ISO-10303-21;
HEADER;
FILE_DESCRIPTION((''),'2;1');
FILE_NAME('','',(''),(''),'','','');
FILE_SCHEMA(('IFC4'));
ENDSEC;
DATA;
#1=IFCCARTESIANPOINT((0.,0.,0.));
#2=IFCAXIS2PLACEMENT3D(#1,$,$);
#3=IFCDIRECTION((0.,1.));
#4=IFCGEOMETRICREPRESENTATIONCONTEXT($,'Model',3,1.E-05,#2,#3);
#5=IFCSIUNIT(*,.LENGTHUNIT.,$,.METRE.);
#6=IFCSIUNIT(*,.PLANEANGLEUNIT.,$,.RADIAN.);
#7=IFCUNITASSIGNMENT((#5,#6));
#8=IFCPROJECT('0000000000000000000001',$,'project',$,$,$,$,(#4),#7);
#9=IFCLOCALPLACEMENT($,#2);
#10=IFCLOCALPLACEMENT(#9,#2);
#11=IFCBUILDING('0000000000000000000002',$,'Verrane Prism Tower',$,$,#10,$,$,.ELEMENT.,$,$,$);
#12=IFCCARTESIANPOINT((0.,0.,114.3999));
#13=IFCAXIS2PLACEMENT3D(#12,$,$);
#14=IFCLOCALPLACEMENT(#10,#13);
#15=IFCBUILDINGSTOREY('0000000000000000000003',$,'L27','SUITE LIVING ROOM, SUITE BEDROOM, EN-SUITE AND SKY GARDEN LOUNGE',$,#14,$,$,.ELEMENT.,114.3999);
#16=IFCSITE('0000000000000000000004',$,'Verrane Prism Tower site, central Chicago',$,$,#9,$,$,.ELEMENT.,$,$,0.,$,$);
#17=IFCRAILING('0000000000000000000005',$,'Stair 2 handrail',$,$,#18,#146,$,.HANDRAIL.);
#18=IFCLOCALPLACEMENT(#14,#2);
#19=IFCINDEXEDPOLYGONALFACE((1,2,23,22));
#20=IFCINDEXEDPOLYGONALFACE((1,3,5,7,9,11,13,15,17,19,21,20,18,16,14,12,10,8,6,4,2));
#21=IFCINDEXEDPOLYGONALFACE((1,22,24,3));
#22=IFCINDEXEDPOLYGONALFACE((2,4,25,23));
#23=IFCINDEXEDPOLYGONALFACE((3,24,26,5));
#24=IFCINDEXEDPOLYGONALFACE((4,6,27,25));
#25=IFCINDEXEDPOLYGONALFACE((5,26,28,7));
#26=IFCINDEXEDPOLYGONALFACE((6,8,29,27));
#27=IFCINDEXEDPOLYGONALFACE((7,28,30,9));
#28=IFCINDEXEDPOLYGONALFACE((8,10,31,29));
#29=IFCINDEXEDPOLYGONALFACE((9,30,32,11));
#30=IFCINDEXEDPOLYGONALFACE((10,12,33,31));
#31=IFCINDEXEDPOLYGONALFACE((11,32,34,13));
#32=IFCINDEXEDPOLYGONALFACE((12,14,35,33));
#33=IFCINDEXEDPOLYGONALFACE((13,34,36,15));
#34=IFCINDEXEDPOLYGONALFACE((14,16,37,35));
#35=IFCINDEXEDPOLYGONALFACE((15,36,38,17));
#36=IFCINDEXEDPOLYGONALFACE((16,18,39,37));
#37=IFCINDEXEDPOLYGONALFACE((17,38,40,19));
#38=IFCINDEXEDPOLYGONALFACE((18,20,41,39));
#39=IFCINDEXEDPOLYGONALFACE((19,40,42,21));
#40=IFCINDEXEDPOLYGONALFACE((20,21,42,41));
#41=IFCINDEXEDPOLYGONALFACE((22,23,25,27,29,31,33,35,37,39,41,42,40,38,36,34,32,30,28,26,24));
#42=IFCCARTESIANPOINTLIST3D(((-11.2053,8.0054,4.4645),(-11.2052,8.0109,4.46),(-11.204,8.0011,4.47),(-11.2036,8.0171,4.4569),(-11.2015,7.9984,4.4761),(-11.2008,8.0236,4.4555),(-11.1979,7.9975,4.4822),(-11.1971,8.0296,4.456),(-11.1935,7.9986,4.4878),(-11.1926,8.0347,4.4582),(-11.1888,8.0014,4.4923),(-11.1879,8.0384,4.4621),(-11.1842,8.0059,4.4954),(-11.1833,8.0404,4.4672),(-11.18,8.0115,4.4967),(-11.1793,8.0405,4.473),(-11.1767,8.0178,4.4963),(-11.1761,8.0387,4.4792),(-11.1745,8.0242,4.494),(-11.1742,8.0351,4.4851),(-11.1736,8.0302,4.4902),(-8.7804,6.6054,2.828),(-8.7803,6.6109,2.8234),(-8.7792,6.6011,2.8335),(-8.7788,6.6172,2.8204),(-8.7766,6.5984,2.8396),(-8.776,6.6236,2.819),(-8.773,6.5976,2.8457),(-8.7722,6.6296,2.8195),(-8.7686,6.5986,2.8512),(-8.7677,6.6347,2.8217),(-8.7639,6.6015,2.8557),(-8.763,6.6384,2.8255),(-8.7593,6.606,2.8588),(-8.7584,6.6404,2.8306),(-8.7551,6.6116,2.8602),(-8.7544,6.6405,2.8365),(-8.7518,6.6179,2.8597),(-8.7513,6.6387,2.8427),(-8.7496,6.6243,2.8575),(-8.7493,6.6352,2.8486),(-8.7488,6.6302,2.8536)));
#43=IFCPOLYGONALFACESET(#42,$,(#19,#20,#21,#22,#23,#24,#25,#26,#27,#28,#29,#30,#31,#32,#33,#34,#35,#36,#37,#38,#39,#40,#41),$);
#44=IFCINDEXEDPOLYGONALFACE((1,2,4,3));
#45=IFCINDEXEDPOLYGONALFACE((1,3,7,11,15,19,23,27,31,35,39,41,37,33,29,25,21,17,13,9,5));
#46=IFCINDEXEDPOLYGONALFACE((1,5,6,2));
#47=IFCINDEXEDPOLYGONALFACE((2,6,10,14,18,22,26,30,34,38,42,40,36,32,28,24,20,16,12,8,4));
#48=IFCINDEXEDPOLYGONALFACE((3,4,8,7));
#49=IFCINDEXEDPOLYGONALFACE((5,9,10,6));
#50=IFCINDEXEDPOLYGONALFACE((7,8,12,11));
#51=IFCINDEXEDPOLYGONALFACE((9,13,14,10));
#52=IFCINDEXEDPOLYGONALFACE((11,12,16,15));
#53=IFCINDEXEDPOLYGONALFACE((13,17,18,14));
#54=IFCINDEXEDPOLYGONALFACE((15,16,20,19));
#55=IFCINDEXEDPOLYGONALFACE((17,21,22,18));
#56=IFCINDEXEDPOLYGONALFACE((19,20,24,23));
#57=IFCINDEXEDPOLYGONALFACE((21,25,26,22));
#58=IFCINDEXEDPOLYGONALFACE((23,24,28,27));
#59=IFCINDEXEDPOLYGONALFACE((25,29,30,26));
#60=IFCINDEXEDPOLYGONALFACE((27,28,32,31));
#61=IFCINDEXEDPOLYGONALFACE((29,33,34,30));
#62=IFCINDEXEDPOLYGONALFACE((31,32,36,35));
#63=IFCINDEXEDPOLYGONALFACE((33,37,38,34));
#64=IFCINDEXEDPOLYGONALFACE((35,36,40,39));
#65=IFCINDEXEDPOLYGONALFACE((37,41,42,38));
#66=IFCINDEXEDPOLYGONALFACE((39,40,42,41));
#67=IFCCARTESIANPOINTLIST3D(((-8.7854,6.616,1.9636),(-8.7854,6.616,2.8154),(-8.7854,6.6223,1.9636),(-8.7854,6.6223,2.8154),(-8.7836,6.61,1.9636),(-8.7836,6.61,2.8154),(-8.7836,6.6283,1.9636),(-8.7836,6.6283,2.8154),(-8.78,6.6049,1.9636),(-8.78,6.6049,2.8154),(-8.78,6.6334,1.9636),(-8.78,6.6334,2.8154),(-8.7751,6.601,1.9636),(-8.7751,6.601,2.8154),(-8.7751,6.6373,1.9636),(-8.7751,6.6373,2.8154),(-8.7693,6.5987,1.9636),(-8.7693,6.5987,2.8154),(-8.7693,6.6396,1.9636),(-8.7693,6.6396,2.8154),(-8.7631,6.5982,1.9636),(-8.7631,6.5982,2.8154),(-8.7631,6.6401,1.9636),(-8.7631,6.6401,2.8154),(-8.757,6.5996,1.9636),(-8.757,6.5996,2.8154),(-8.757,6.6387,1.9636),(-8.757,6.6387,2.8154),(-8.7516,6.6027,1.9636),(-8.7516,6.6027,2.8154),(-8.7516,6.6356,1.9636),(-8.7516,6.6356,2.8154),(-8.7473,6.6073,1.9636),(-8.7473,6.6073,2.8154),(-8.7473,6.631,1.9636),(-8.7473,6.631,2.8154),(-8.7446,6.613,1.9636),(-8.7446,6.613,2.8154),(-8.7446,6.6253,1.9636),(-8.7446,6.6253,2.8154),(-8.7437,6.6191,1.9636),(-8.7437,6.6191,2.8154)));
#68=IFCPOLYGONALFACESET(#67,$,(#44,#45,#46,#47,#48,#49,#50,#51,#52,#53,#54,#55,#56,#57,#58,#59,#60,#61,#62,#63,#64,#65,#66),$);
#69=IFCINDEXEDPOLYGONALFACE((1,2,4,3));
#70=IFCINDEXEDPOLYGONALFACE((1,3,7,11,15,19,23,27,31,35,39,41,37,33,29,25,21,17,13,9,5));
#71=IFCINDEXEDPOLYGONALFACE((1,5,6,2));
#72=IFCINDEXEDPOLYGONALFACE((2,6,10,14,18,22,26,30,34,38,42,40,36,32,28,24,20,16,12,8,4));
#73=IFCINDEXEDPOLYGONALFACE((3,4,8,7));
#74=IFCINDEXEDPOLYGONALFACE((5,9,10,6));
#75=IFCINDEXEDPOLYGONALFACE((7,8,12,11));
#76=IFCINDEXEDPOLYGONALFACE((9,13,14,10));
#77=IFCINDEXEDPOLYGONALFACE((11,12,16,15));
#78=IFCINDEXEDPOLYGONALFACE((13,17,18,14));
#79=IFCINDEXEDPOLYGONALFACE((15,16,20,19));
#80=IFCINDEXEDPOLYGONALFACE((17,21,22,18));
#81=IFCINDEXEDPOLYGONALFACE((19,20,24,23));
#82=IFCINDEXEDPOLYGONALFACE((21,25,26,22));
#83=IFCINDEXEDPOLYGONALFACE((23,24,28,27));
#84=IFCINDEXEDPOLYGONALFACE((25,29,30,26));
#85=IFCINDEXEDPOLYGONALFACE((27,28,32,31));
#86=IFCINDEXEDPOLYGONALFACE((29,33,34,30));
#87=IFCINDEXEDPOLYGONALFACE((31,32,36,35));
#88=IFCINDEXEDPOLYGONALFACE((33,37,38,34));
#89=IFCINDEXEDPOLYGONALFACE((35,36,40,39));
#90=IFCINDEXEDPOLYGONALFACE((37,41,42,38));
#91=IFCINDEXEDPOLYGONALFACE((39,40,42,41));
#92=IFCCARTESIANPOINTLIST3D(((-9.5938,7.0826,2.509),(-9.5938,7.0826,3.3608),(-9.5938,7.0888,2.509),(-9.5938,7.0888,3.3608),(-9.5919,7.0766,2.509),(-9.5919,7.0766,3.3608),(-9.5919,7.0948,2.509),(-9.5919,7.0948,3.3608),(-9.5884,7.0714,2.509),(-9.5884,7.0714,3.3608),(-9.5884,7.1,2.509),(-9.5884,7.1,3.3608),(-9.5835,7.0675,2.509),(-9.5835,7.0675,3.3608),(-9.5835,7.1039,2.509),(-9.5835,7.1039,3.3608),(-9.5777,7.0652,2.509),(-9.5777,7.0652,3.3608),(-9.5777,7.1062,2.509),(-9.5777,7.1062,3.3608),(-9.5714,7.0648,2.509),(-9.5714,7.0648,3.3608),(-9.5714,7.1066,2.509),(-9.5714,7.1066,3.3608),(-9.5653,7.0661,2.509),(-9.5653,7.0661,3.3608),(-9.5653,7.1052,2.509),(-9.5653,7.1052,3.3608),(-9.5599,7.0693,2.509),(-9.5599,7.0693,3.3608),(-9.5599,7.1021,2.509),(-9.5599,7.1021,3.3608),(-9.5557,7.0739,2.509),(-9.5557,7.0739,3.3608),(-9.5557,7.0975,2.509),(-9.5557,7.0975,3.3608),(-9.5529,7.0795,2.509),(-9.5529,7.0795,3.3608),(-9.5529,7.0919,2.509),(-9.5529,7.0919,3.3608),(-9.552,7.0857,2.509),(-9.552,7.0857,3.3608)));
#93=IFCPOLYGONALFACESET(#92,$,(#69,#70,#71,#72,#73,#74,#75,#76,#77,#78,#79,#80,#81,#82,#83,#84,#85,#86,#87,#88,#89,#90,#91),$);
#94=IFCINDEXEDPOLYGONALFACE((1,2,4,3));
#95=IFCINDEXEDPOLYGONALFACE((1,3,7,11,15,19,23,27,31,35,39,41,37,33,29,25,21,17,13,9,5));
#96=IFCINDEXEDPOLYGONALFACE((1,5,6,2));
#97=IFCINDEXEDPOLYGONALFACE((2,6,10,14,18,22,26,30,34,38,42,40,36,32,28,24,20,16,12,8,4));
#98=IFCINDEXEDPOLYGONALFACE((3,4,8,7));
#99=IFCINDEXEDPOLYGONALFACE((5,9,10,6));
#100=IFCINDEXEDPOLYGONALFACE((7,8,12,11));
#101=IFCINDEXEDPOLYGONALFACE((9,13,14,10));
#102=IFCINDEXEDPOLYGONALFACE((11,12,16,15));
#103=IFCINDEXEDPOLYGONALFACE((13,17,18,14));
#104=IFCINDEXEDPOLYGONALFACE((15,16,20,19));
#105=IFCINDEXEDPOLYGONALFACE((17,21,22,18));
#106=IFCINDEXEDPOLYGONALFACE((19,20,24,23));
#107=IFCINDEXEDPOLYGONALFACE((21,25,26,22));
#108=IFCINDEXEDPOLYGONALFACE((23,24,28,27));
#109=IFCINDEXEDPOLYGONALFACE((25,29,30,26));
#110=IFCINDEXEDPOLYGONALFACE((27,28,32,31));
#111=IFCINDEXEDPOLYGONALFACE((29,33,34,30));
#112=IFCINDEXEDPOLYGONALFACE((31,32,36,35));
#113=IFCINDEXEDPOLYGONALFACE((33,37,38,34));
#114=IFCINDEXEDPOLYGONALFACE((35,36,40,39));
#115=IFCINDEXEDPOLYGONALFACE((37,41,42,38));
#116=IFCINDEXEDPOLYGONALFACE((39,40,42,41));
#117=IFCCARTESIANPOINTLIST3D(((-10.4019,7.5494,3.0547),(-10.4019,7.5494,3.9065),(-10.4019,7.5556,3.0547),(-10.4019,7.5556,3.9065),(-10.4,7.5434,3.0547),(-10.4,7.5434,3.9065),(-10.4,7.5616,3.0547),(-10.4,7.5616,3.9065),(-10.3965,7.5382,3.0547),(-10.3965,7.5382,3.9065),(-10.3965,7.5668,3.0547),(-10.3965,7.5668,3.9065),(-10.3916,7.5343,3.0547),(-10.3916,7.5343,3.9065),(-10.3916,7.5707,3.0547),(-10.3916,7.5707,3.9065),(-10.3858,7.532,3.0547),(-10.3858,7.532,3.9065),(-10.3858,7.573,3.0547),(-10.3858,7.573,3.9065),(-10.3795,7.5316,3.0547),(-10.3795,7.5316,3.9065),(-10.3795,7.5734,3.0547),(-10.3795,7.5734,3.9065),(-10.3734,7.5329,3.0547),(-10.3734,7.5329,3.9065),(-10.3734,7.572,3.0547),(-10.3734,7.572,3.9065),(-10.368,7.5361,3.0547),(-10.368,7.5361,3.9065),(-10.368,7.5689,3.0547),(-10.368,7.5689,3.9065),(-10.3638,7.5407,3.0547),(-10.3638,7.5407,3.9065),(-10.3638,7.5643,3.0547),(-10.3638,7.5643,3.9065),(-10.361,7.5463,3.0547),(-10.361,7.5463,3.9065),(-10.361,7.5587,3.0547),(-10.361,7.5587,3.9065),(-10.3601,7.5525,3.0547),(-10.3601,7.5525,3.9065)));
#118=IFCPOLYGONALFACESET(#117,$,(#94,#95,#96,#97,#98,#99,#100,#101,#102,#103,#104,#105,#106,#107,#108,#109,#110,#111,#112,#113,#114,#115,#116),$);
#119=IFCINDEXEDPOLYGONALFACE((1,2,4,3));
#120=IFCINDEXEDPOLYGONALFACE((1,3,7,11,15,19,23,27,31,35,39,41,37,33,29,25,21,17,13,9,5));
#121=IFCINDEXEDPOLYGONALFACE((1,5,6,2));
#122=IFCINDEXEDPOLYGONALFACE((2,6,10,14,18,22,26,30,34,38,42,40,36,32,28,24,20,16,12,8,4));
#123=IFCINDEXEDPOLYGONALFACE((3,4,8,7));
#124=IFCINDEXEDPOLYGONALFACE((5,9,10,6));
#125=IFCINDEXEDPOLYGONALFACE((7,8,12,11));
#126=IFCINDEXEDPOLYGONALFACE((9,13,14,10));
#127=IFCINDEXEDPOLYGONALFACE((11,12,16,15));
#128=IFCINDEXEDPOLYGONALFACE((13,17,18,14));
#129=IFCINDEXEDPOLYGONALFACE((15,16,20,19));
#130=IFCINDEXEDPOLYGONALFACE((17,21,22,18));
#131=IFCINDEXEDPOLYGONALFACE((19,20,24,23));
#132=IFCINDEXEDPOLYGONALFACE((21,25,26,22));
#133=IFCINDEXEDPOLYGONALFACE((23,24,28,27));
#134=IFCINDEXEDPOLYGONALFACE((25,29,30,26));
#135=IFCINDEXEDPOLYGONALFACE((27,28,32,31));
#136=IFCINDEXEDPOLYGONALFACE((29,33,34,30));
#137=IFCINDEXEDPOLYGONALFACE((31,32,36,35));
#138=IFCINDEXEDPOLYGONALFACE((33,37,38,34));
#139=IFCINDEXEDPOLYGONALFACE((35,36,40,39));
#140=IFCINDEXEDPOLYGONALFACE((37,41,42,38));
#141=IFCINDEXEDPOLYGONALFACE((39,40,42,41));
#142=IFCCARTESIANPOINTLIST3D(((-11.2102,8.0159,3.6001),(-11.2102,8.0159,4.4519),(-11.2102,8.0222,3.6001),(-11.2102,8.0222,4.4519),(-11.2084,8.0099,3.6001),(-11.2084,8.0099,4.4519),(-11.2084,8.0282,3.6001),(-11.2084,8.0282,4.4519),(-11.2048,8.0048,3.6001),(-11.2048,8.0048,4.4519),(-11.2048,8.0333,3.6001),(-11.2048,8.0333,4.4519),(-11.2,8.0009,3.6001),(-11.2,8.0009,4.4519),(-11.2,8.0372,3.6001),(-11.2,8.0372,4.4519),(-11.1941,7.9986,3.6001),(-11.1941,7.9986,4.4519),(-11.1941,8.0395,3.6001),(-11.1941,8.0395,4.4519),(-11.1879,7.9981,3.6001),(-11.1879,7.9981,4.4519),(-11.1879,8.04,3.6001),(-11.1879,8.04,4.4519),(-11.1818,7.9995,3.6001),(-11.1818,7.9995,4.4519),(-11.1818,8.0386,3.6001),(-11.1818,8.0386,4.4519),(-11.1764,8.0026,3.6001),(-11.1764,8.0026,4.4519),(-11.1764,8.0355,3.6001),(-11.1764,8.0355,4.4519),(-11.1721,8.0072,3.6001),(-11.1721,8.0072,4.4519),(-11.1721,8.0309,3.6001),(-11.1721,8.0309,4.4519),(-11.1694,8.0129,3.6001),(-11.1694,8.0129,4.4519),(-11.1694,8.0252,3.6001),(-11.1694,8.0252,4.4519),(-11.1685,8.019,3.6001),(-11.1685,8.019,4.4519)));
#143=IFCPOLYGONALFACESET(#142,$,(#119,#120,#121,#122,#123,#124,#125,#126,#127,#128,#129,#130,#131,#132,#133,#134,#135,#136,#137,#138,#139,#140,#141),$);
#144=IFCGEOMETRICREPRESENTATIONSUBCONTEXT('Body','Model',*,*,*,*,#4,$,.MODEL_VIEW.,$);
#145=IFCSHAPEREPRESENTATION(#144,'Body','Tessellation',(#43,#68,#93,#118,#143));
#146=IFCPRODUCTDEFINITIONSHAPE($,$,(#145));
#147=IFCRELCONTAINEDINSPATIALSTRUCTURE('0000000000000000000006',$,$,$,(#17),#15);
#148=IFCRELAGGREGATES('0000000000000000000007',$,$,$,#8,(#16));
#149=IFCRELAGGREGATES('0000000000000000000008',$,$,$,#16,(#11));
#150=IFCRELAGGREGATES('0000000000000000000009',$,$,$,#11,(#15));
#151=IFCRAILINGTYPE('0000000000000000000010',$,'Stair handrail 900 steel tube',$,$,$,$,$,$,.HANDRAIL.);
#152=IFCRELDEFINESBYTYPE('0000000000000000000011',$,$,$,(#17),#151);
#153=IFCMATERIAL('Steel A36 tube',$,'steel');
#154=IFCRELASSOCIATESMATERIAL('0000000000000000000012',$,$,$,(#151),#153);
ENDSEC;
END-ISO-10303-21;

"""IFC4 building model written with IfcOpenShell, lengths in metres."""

from ifc_helpers import new_model, si_unit, direction, frame, origin, origin_2d, place, context, subcontext, project, spatial, circle, extrude, material, type_object, element, save


model = new_model("IFC4")

# Units and contexts
model_context = context("Model", 3, precision=1e-05, world=origin(), true_north=direction((0.0, 1.0)))
body_context = subcontext(model_context, "Body", "Model", "MODEL_VIEW")
ifc_project = project(units=[si_unit("LENGTHUNIT", "METRE"), si_unit("PLANEANGLEUNIT", "RADIAN")], contexts=[model_context])

# Site, building, storey
site_placement = place(None, origin())
site = spatial("IfcSite", under=ifc_project, at=site_placement, Name="Verrane Prism Tower site, central Chicago", CompositionType="ELEMENT", RefElevation=0.0)
building_placement = place(site_placement, origin())
building = spatial("IfcBuilding", under=site, at=building_placement, Name="Verrane Prism Tower", CompositionType="ELEMENT")
storey_placement = place(building_placement, frame((0.0, 0.0, 114.3999)))
storey = spatial("IfcBuildingStorey", under=building, at=storey_placement, Name="L27", Description="SUITE LIVING ROOM, SUITE BEDROOM, EN-SUITE AND SKY GARDEN LOUNGE", CompositionType="ELEMENT", Elevation=114.3999)

# Railing
ifc_material_1 = material(Name="Steel A36 tube", Category="steel")
railing_type_1 = type_object("IfcRailingType", Name="Stair handrail 900 steel tube", PredefinedType="HANDRAIL", material=ifc_material_1)
railing_1_placement = place(storey_placement, frame((-8.7646, 6.6191, 1.9636)))
element("IfcRailing", 1, at=railing_1_placement, inside=storey, type_object=railing_type_1, Name="Stair 2 handrail", PredefinedType="HANDRAIL", context=body_context, shape_type="SweptSolid", body=[
    extrude(circle(Radius=0.0239, at=origin_2d()), frame((0.0, 0.0, 0.876), z_axis=(-0.74769, 0.431661, 0.504608), x_axis=(-0.499984, -0.866035, 0.0)), (0.0, 0.0, 1.0), 3.2432),
    extrude(circle(Radius=0.021, at=origin_2d()), origin(), (0.0, 0.0, 1.0), 0.8518),
    extrude(circle(Radius=0.021, at=origin_2d()), frame((-0.8083, 0.4666, 0.5454)), (0.0, 0.0, 1.0), 0.8518),
    extrude(circle(Radius=0.021, at=origin_2d()), frame((-1.6165, 0.9333, 1.0911)), (0.0, 0.0, 1.0), 0.8518),
    extrude(circle(Radius=0.021, at=origin_2d()), frame((-2.4248, 1.3999, 1.6365)), (0.0, 0.0, 1.0), 0.8518),
])

save(model, "model.ifc")
